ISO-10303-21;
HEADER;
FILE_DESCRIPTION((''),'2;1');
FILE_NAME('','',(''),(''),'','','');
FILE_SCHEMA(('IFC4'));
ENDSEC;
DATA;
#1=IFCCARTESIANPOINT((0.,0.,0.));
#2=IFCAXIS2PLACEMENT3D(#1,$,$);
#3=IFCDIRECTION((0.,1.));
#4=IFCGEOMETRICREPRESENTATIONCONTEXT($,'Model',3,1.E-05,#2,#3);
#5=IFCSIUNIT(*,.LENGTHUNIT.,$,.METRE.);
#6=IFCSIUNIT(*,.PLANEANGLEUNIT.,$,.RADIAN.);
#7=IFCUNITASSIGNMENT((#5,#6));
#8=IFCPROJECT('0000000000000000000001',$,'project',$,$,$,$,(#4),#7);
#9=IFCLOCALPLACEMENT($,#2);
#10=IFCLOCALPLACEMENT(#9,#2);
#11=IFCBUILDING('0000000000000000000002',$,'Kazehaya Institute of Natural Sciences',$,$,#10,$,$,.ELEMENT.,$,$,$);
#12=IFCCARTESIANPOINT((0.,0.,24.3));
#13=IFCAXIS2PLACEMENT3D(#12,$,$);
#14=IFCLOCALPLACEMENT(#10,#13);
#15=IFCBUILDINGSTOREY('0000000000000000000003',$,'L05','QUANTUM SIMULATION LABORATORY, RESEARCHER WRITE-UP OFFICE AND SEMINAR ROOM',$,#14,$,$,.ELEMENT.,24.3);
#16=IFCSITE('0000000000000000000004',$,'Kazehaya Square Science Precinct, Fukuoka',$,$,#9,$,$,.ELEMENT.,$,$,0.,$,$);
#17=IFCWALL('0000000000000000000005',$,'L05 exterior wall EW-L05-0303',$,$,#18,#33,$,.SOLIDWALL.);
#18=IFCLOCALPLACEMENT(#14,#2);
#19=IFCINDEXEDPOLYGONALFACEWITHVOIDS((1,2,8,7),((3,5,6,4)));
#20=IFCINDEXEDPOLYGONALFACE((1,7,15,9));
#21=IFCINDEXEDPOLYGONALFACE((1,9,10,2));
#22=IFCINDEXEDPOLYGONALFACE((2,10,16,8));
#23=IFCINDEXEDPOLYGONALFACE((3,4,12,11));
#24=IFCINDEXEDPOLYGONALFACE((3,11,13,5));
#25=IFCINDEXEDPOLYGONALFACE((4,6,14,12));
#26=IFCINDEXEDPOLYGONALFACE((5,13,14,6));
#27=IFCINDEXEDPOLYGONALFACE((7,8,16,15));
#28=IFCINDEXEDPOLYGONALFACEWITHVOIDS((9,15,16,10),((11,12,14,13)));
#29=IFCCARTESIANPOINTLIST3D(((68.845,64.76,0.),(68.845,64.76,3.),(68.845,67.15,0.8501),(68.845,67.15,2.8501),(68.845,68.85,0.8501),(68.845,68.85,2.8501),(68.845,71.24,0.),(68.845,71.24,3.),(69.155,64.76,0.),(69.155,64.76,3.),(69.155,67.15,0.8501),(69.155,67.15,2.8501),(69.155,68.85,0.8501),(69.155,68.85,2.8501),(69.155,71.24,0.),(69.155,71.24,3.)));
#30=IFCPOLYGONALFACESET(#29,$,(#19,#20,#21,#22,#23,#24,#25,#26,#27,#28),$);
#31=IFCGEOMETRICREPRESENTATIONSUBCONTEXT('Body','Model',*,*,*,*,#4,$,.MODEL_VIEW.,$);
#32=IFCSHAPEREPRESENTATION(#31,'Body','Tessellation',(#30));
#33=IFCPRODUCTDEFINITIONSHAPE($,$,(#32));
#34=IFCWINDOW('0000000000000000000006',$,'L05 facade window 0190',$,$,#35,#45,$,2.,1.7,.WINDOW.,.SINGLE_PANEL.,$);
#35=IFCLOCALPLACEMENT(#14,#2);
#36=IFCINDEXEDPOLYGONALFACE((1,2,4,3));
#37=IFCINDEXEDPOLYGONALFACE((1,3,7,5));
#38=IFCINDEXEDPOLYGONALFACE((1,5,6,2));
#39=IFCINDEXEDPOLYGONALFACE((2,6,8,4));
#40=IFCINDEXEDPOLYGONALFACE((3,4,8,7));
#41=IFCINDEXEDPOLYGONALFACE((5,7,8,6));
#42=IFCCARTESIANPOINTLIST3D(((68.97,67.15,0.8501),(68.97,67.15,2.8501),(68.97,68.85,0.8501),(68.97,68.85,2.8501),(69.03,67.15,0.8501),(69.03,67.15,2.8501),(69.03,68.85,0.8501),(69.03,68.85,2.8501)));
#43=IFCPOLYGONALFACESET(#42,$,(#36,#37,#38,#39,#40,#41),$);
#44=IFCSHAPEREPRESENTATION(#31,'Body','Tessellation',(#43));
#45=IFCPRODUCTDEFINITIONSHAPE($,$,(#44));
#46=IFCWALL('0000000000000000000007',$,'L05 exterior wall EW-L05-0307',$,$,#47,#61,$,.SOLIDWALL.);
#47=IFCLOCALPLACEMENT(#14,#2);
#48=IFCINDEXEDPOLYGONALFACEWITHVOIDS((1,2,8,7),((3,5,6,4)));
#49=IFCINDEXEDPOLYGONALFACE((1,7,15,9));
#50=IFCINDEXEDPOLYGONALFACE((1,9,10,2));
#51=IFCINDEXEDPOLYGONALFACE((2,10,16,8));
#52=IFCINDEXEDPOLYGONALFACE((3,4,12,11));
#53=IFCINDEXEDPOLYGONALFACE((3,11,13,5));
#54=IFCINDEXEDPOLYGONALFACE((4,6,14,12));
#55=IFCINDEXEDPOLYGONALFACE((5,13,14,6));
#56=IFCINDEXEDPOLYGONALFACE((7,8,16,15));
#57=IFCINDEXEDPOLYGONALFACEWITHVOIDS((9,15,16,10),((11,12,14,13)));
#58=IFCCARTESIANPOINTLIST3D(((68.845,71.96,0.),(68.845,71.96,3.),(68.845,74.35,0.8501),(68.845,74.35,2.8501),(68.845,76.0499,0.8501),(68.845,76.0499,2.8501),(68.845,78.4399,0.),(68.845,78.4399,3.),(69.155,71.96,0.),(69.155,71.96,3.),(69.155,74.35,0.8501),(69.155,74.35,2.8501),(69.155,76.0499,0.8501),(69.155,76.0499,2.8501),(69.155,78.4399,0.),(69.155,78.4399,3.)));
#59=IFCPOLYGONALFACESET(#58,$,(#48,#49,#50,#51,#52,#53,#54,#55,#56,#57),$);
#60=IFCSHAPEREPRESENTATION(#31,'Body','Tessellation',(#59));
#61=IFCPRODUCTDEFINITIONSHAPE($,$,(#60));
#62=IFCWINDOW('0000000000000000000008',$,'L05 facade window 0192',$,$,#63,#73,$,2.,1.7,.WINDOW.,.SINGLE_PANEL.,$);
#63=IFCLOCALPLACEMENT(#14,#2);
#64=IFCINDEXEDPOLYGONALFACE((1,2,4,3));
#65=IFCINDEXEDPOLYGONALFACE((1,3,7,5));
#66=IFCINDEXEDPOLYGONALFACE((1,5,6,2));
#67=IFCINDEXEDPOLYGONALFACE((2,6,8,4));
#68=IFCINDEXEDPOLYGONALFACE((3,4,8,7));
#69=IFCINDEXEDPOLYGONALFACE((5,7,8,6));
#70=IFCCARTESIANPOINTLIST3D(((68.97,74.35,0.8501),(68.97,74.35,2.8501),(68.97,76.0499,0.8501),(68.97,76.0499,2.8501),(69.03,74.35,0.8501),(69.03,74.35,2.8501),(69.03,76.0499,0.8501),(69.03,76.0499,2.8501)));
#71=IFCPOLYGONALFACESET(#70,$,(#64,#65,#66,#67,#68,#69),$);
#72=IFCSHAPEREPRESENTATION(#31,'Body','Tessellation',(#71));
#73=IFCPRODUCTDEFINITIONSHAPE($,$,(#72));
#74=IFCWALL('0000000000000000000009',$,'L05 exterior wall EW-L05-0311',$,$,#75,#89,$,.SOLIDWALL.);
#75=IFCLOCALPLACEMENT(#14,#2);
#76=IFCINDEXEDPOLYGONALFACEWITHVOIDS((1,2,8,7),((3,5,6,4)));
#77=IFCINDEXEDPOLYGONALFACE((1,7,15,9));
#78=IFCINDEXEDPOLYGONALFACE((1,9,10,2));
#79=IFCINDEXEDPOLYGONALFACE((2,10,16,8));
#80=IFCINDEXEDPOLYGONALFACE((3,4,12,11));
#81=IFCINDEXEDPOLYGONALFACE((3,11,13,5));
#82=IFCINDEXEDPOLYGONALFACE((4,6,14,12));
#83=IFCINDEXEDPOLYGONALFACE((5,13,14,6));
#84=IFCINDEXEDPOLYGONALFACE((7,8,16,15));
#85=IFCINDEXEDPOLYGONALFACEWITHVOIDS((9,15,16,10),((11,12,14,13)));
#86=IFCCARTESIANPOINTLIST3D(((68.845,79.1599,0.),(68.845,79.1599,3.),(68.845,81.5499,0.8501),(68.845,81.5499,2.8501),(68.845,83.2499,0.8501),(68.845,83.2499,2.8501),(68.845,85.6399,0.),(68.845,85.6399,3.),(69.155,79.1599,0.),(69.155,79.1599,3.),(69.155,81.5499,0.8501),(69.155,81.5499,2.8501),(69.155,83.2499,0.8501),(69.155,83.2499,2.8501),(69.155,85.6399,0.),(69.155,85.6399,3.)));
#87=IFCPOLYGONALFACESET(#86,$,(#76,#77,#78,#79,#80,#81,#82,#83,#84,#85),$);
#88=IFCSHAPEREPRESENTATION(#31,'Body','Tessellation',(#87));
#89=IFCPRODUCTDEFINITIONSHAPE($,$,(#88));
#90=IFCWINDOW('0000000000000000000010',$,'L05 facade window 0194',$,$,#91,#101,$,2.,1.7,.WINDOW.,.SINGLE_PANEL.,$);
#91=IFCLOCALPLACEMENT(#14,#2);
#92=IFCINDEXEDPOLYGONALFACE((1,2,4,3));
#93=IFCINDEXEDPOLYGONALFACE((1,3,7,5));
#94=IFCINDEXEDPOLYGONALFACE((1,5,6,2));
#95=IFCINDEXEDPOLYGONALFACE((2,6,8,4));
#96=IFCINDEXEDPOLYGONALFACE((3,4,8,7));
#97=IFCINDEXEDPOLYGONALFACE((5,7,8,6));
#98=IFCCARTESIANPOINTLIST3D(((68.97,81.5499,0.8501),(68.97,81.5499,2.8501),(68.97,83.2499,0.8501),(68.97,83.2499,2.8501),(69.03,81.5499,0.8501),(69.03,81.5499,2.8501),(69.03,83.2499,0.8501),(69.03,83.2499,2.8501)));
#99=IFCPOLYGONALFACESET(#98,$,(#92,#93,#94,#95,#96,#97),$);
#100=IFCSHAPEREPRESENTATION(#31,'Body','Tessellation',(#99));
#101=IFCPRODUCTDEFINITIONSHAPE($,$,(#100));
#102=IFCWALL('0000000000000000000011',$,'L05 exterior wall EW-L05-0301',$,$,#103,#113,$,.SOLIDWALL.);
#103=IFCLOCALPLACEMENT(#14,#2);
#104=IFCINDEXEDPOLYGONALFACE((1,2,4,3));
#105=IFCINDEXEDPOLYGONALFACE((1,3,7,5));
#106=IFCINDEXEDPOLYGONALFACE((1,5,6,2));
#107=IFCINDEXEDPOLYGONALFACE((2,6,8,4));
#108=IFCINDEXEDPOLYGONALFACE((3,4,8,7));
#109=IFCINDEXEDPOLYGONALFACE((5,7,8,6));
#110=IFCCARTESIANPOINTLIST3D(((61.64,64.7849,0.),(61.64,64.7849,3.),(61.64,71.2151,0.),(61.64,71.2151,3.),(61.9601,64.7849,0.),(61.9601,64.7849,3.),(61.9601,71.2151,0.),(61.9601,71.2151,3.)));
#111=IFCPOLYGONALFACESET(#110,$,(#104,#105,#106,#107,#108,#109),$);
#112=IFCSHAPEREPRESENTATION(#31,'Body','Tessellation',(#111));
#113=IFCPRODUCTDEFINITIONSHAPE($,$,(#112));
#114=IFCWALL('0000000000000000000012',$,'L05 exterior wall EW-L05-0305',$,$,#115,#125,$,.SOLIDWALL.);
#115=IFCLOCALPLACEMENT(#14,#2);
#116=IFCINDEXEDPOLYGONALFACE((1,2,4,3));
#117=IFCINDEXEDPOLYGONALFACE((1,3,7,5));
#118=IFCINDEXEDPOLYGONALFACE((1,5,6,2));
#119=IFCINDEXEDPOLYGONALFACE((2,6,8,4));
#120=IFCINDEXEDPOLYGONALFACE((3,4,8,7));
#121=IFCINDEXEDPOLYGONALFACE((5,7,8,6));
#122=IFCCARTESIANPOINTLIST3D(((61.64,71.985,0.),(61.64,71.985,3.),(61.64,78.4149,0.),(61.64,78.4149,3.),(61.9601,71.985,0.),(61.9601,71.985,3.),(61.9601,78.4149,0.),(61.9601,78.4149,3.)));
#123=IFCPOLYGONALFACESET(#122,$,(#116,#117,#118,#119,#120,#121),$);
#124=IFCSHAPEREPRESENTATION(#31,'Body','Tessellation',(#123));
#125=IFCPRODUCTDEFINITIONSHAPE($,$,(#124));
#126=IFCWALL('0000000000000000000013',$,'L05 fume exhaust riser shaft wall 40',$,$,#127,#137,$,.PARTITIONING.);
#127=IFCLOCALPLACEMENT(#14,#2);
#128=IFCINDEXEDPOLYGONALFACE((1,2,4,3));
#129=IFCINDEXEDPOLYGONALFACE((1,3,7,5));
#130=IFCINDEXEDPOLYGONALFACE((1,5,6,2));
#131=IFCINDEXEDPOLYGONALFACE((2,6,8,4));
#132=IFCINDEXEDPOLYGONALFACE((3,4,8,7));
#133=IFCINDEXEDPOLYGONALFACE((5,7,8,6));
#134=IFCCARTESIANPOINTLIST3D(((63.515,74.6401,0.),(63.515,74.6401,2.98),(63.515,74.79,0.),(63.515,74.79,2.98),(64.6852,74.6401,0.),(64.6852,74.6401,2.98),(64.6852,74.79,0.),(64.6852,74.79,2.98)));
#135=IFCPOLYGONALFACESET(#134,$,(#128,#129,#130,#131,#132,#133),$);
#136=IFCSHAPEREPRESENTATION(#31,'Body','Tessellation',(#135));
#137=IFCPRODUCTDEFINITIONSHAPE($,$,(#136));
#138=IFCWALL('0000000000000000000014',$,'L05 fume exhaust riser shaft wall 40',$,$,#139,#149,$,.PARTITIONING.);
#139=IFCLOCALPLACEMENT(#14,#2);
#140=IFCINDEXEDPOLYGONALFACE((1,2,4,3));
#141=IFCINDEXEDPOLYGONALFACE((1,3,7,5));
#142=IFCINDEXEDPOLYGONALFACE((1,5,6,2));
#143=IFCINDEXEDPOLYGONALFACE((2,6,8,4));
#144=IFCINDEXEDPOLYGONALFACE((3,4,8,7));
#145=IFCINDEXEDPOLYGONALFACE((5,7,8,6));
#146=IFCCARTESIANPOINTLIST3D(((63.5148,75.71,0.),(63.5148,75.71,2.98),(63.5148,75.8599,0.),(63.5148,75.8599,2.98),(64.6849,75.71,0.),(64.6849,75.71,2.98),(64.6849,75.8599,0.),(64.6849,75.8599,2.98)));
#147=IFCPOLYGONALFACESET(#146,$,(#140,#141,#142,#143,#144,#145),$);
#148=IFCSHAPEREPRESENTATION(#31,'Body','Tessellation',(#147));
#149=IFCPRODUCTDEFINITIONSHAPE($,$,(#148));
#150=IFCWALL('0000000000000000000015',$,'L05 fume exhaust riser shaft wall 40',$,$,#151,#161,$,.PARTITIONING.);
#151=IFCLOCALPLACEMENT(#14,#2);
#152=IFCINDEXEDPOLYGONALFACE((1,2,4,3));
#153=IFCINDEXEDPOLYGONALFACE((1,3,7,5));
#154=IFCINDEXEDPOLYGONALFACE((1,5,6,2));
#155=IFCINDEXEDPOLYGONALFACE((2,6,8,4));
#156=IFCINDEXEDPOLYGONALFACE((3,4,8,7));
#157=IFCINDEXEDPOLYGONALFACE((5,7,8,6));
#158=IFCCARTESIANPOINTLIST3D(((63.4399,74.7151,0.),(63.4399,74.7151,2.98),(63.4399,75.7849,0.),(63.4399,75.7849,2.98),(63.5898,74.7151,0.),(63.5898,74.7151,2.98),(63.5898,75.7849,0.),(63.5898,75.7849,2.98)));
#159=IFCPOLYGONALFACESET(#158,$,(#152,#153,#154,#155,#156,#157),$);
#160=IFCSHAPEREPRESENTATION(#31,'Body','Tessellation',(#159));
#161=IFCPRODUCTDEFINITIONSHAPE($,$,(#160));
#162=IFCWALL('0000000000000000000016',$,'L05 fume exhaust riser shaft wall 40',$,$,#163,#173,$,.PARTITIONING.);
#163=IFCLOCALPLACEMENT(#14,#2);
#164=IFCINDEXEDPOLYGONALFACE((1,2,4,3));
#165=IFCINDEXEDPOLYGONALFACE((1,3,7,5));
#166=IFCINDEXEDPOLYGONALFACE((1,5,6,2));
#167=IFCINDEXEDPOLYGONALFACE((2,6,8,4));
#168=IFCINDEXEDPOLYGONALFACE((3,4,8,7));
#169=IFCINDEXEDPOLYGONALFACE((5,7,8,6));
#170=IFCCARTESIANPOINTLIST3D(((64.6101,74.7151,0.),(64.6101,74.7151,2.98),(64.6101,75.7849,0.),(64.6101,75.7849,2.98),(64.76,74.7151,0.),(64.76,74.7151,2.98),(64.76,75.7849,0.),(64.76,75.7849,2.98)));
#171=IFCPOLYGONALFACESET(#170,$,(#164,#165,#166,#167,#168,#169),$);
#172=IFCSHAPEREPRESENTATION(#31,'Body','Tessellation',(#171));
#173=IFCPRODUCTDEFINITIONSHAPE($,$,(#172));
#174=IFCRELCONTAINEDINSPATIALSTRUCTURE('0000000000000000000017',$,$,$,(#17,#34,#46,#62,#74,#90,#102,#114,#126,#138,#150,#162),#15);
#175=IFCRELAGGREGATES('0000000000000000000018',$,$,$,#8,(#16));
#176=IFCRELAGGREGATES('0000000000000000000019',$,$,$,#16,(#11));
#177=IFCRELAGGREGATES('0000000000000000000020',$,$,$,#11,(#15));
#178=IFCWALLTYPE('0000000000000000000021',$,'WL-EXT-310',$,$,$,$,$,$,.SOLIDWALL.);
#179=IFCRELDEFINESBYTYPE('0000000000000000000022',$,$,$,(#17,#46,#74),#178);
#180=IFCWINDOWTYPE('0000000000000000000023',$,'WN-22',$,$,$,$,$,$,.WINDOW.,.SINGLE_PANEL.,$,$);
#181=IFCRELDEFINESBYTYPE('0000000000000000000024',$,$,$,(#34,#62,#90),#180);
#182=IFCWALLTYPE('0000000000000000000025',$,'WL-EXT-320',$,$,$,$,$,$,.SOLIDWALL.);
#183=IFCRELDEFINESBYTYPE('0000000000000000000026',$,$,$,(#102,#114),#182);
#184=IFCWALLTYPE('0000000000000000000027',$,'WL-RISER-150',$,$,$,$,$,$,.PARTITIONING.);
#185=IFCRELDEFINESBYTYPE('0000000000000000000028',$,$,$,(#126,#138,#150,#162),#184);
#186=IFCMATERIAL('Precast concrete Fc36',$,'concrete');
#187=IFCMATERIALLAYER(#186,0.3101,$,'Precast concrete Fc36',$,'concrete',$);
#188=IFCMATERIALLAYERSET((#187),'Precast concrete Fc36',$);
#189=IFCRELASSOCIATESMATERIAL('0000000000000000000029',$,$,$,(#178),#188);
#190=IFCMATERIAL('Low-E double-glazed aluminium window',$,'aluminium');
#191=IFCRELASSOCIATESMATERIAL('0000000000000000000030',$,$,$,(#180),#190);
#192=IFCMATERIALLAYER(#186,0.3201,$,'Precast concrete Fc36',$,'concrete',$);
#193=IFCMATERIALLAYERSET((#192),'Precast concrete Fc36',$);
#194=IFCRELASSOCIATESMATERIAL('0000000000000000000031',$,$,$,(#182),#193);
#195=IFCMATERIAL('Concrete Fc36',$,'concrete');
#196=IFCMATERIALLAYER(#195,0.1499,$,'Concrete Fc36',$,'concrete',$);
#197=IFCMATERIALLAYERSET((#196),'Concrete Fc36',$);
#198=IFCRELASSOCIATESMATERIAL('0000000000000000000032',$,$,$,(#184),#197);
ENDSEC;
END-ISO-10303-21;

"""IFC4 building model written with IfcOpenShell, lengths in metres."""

from ifc_helpers import new_model, si_unit, direction, frame, frame_2d, origin, place, context, subcontext, project, spatial, rectangle, extrude, material, layer, layer_set, type_object, element, fill, save


model = new_model("IFC4")

# Units and contexts
model_context = context("Model", 3, precision=1e-05, world=origin(), true_north=direction((0.0, 1.0)))
body_context = subcontext(model_context, "Body", "Model", "MODEL_VIEW")
ifc_project = project(units=[si_unit("LENGTHUNIT", "METRE"), si_unit("PLANEANGLEUNIT", "RADIAN")], contexts=[model_context])

# Site, building, storey
site_placement = place(None, origin())
site = spatial("IfcSite", under=ifc_project, at=site_placement, Name="Kazehaya Square Science Precinct, Fukuoka", CompositionType="ELEMENT", RefElevation=0.0)
building_placement = place(site_placement, origin())
building = spatial("IfcBuilding", under=site, at=building_placement, Name="Kazehaya Institute of Natural Sciences", CompositionType="ELEMENT")
storey_placement = place(building_placement, frame((0.0, 0.0, 24.3)))
storey = spatial("IfcBuildingStorey", under=building, at=storey_placement, Name="L05", Description="QUANTUM SIMULATION LABORATORY, RESEARCHER WRITE-UP OFFICE AND SEMINAR ROOM", CompositionType="ELEMENT", Elevation=24.3)

# Shared definitions
ifc_material_1 = material(Name="Concrete Fc36", Category="concrete")

# Walls, openings, windows
ifc_material_2 = material(Name="Precast concrete Fc36", Category="concrete")
ifc_layer_1 = layer(ifc_material_2, 0.3101, Name="Precast concrete Fc36", Category="concrete")
ifc_layer_set_1 = layer_set([ifc_layer_1], Name="Precast concrete Fc36")
wall_type_1 = type_object("IfcWallType", Name="WL-EXT-310", PredefinedType="SOLIDWALL", material=ifc_layer_set_1)
wall_1_placement = place(storey_placement, frame((69.0, 71.24, 0.0), z_axis=(0.0, 0.0, 1.0), x_axis=(0.0, -1.0, 0.0)))
wall_1 = element("IfcWall", 1, at=wall_1_placement, inside=storey, type_object=wall_type_1, Name="L05 exterior wall EW-L05-0303", PredefinedType="SOLIDWALL", context=body_context, shape_type="SweptSolid", body=[
    extrude(rectangle(XDim=6.48, YDim=0.3101, at=frame_2d((3.24, 0.0))), origin(), (0.0, 0.0, 1.0), 3.0),
])
opening_1_placement = place(wall_1_placement, frame((2.3899, 0.0, 0.8501)))
opening_1 = element("IfcOpeningElement", 2, at=opening_1_placement, cuts=wall_1, PredefinedType="OPENING", context=body_context, shape_type="SweptSolid", body=[
    extrude(rectangle(XDim=1.7, YDim=2.0, at=frame_2d((0.8501, 1.0))), frame((0.0, 0.165, 0.0), z_axis=(0.0, -1.0, 0.0), x_axis=(1.0, 0.0, 0.0)), (0.0, 0.0, 1.0), 0.3301),
])
ifc_material_3 = material(Name="Low-E double-glazed aluminium window", Category="aluminium")
window_type = type_object("IfcWindowType", Name="WN-22", PartitioningType="SINGLE_PANEL", PredefinedType="WINDOW", material=ifc_material_3)
window_1_placement = place(opening_1_placement, origin())
window_1 = element("IfcWindow", 3, at=window_1_placement, inside=storey, type_object=window_type, Name="L05 facade window 0190", OverallHeight=2.0, OverallWidth=1.7, PartitioningType="SINGLE_PANEL", PredefinedType="WINDOW", context=body_context, shape_type="SweptSolid", body=[
    extrude(rectangle(XDim=1.7, YDim=2.0, at=frame_2d((0.8501, 1.0))), frame((0.0, 0.03, 0.0), z_axis=(0.0, -1.0, 0.0), x_axis=(1.0, 0.0, 0.0)), (0.0, 0.0, 1.0), 0.0601),
])
fill(opening_1, window_1)
wall_2_placement = place(storey_placement, frame((69.0, 78.4399, 0.0), z_axis=(0.0, 0.0, 1.0), x_axis=(0.0, -1.0, 0.0)))
wall_2 = element("IfcWall", 4, at=wall_2_placement, inside=storey, type_object=wall_type_1, Name="L05 exterior wall EW-L05-0307", PredefinedType="SOLIDWALL", context=body_context, shape_type="SweptSolid", body=[
    extrude(rectangle(XDim=6.48, YDim=0.3101, at=frame_2d((3.24, 0.0))), origin(), (0.0, 0.0, 1.0), 3.0),
])
opening_2_placement = place(wall_2_placement, frame((2.3899, 0.0, 0.8501)))
opening_2 = element("IfcOpeningElement", 5, at=opening_2_placement, cuts=wall_2, PredefinedType="OPENING", context=body_context, shape_type="SweptSolid", body=[
    extrude(rectangle(XDim=1.7, YDim=2.0, at=frame_2d((0.8501, 1.0))), frame((0.0, 0.165, 0.0), z_axis=(0.0, -1.0, 0.0), x_axis=(1.0, 0.0, 0.0)), (0.0, 0.0, 1.0), 0.3301),
])
window_2_placement = place(opening_2_placement, origin())
window_2 = element("IfcWindow", 6, at=window_2_placement, inside=storey, type_object=window_type, Name="L05 facade window 0192", OverallHeight=2.0, OverallWidth=1.7, PartitioningType="SINGLE_PANEL", PredefinedType="WINDOW", context=body_context, shape_type="SweptSolid", body=[
    extrude(rectangle(XDim=1.7, YDim=2.0, at=frame_2d((0.8501, 1.0))), frame((0.0, 0.03, 0.0), z_axis=(0.0, -1.0, 0.0), x_axis=(1.0, 0.0, 0.0)), (0.0, 0.0, 1.0), 0.0601),
])
fill(opening_2, window_2)
wall_3_placement = place(storey_placement, frame((69.0, 85.6399, 0.0), z_axis=(0.0, 0.0, 1.0), x_axis=(0.0, -1.0, 0.0)))
wall_3 = element("IfcWall", 7, at=wall_3_placement, inside=storey, type_object=wall_type_1, Name="L05 exterior wall EW-L05-0311", PredefinedType="SOLIDWALL", context=body_context, shape_type="SweptSolid", body=[
    extrude(rectangle(XDim=6.48, YDim=0.3101, at=frame_2d((3.24, 0.0))), origin(), (0.0, 0.0, 1.0), 3.0),
])
opening_3_placement = place(wall_3_placement, frame((2.3899, 0.0, 0.8501)))
opening_3 = element("IfcOpeningElement", 8, at=opening_3_placement, cuts=wall_3, PredefinedType="OPENING", context=body_context, shape_type="SweptSolid", body=[
    extrude(rectangle(XDim=1.7, YDim=2.0, at=frame_2d((0.8501, 1.0))), frame((0.0, 0.165, 0.0), z_axis=(0.0, -1.0, 0.0), x_axis=(1.0, 0.0, 0.0)), (0.0, 0.0, 1.0), 0.3301),
])
window_3_placement = place(opening_3_placement, origin())
window_3 = element("IfcWindow", 9, at=window_3_placement, inside=storey, type_object=window_type, Name="L05 facade window 0194", OverallHeight=2.0, OverallWidth=1.7, PartitioningType="SINGLE_PANEL", PredefinedType="WINDOW", context=body_context, shape_type="SweptSolid", body=[
    extrude(rectangle(XDim=1.7, YDim=2.0, at=frame_2d((0.8501, 1.0))), frame((0.0, 0.03, 0.0), z_axis=(0.0, -1.0, 0.0), x_axis=(1.0, 0.0, 0.0)), (0.0, 0.0, 1.0), 0.0601),
])
fill(opening_3, window_3)

# Walls
ifc_layer_2 = layer(ifc_material_2, 0.3201, Name="Precast concrete Fc36", Category="concrete")
ifc_layer_set_2 = layer_set([ifc_layer_2], Name="Precast concrete Fc36")
wall_type_2 = type_object("IfcWallType", Name="WL-EXT-320", PredefinedType="SOLIDWALL", material=ifc_layer_set_2)
wall_4_placement = place(storey_placement, frame((61.8, 64.7849, 0.0), z_axis=(0.0, 0.0, 1.0), x_axis=(0.0, 1.0, 0.0)))
element("IfcWall", 10, at=wall_4_placement, inside=storey, type_object=wall_type_2, Name="L05 exterior wall EW-L05-0301", PredefinedType="SOLIDWALL", context=body_context, shape_type="SweptSolid", body=[
    extrude(rectangle(XDim=6.4302, YDim=0.3201, at=frame_2d((3.2151, 0.0))), origin(), (0.0, 0.0, 1.0), 3.0),
])
for number, where, z_axis, x_axis, name in (
    (11, (61.8, 71.9851, 0.0), (0.0, 0.0, 1.0), (0.0, 1.0, 0.0), "L05 exterior wall EW-L05-0305"),
):
    element("IfcWall", number, at=place(storey_placement, frame(where, z_axis=z_axis, x_axis=x_axis)), inside=storey, type_object=wall_type_2, Name=name, PredefinedType="SOLIDWALL", context=body_context, shape_type="SweptSolid", body=[
        extrude(rectangle(XDim=6.4299, YDim=0.3201, at=frame_2d((3.2148, 0.0))), origin(), (0.0, 0.0, 1.0), 3.0),
    ])
ifc_layer_3 = layer(ifc_material_1, 0.1499, Name="Concrete Fc36", Category="concrete")
ifc_layer_set_3 = layer_set([ifc_layer_3], Name="Concrete Fc36")
wall_type_3 = type_object("IfcWallType", Name="WL-RISER-150", PredefinedType="PARTITIONING", material=ifc_layer_set_3)
for number, where, z_axis, x_axis, name in (
    (12, (64.6851, 74.7151, 0.0), (0.0, 0.0, 1.0), (-1.0, 0.0, 0.0), "L05 fume exhaust riser shaft wall 40"),
    (13, (63.5149, 75.7849, 0.0), (0.0, 0.0, 1.0), (1.0, 0.0, 0.0), "L05 fume exhaust riser shaft wall 40"),
):
    element("IfcWall", number, at=place(storey_placement, frame(where, z_axis=z_axis, x_axis=x_axis)), inside=storey, type_object=wall_type_3, Name=name, PredefinedType="PARTITIONING", context=body_context, shape_type="SweptSolid", body=[
        extrude(rectangle(XDim=1.1702, YDim=0.1499, at=frame_2d((0.585, 0.0))), origin(), (0.0, 0.0, 1.0), 2.98),
    ])
for number, where, z_axis, x_axis, name in (
    (14, (63.5149, 74.7151, 0.0), (0.0, 0.0, 1.0), (0.0, 1.0, 0.0), "L05 fume exhaust riser shaft wall 40"),
    (15, (64.6851, 75.7849, 0.0), (0.0, 0.0, 1.0), (0.0, -1.0, 0.0), "L05 fume exhaust riser shaft wall 40"),
):
    element("IfcWall", number, at=place(storey_placement, frame(where, z_axis=z_axis, x_axis=x_axis)), inside=storey, type_object=wall_type_3, Name=name, PredefinedType="PARTITIONING", context=body_context, shape_type="SweptSolid", body=[
        extrude(rectangle(XDim=1.0698, YDim=0.1499, at=frame_2d((0.5349, 0.0))), origin(), (0.0, 0.0, 1.0), 2.98),
    ])

save(model, "model.ifc")
